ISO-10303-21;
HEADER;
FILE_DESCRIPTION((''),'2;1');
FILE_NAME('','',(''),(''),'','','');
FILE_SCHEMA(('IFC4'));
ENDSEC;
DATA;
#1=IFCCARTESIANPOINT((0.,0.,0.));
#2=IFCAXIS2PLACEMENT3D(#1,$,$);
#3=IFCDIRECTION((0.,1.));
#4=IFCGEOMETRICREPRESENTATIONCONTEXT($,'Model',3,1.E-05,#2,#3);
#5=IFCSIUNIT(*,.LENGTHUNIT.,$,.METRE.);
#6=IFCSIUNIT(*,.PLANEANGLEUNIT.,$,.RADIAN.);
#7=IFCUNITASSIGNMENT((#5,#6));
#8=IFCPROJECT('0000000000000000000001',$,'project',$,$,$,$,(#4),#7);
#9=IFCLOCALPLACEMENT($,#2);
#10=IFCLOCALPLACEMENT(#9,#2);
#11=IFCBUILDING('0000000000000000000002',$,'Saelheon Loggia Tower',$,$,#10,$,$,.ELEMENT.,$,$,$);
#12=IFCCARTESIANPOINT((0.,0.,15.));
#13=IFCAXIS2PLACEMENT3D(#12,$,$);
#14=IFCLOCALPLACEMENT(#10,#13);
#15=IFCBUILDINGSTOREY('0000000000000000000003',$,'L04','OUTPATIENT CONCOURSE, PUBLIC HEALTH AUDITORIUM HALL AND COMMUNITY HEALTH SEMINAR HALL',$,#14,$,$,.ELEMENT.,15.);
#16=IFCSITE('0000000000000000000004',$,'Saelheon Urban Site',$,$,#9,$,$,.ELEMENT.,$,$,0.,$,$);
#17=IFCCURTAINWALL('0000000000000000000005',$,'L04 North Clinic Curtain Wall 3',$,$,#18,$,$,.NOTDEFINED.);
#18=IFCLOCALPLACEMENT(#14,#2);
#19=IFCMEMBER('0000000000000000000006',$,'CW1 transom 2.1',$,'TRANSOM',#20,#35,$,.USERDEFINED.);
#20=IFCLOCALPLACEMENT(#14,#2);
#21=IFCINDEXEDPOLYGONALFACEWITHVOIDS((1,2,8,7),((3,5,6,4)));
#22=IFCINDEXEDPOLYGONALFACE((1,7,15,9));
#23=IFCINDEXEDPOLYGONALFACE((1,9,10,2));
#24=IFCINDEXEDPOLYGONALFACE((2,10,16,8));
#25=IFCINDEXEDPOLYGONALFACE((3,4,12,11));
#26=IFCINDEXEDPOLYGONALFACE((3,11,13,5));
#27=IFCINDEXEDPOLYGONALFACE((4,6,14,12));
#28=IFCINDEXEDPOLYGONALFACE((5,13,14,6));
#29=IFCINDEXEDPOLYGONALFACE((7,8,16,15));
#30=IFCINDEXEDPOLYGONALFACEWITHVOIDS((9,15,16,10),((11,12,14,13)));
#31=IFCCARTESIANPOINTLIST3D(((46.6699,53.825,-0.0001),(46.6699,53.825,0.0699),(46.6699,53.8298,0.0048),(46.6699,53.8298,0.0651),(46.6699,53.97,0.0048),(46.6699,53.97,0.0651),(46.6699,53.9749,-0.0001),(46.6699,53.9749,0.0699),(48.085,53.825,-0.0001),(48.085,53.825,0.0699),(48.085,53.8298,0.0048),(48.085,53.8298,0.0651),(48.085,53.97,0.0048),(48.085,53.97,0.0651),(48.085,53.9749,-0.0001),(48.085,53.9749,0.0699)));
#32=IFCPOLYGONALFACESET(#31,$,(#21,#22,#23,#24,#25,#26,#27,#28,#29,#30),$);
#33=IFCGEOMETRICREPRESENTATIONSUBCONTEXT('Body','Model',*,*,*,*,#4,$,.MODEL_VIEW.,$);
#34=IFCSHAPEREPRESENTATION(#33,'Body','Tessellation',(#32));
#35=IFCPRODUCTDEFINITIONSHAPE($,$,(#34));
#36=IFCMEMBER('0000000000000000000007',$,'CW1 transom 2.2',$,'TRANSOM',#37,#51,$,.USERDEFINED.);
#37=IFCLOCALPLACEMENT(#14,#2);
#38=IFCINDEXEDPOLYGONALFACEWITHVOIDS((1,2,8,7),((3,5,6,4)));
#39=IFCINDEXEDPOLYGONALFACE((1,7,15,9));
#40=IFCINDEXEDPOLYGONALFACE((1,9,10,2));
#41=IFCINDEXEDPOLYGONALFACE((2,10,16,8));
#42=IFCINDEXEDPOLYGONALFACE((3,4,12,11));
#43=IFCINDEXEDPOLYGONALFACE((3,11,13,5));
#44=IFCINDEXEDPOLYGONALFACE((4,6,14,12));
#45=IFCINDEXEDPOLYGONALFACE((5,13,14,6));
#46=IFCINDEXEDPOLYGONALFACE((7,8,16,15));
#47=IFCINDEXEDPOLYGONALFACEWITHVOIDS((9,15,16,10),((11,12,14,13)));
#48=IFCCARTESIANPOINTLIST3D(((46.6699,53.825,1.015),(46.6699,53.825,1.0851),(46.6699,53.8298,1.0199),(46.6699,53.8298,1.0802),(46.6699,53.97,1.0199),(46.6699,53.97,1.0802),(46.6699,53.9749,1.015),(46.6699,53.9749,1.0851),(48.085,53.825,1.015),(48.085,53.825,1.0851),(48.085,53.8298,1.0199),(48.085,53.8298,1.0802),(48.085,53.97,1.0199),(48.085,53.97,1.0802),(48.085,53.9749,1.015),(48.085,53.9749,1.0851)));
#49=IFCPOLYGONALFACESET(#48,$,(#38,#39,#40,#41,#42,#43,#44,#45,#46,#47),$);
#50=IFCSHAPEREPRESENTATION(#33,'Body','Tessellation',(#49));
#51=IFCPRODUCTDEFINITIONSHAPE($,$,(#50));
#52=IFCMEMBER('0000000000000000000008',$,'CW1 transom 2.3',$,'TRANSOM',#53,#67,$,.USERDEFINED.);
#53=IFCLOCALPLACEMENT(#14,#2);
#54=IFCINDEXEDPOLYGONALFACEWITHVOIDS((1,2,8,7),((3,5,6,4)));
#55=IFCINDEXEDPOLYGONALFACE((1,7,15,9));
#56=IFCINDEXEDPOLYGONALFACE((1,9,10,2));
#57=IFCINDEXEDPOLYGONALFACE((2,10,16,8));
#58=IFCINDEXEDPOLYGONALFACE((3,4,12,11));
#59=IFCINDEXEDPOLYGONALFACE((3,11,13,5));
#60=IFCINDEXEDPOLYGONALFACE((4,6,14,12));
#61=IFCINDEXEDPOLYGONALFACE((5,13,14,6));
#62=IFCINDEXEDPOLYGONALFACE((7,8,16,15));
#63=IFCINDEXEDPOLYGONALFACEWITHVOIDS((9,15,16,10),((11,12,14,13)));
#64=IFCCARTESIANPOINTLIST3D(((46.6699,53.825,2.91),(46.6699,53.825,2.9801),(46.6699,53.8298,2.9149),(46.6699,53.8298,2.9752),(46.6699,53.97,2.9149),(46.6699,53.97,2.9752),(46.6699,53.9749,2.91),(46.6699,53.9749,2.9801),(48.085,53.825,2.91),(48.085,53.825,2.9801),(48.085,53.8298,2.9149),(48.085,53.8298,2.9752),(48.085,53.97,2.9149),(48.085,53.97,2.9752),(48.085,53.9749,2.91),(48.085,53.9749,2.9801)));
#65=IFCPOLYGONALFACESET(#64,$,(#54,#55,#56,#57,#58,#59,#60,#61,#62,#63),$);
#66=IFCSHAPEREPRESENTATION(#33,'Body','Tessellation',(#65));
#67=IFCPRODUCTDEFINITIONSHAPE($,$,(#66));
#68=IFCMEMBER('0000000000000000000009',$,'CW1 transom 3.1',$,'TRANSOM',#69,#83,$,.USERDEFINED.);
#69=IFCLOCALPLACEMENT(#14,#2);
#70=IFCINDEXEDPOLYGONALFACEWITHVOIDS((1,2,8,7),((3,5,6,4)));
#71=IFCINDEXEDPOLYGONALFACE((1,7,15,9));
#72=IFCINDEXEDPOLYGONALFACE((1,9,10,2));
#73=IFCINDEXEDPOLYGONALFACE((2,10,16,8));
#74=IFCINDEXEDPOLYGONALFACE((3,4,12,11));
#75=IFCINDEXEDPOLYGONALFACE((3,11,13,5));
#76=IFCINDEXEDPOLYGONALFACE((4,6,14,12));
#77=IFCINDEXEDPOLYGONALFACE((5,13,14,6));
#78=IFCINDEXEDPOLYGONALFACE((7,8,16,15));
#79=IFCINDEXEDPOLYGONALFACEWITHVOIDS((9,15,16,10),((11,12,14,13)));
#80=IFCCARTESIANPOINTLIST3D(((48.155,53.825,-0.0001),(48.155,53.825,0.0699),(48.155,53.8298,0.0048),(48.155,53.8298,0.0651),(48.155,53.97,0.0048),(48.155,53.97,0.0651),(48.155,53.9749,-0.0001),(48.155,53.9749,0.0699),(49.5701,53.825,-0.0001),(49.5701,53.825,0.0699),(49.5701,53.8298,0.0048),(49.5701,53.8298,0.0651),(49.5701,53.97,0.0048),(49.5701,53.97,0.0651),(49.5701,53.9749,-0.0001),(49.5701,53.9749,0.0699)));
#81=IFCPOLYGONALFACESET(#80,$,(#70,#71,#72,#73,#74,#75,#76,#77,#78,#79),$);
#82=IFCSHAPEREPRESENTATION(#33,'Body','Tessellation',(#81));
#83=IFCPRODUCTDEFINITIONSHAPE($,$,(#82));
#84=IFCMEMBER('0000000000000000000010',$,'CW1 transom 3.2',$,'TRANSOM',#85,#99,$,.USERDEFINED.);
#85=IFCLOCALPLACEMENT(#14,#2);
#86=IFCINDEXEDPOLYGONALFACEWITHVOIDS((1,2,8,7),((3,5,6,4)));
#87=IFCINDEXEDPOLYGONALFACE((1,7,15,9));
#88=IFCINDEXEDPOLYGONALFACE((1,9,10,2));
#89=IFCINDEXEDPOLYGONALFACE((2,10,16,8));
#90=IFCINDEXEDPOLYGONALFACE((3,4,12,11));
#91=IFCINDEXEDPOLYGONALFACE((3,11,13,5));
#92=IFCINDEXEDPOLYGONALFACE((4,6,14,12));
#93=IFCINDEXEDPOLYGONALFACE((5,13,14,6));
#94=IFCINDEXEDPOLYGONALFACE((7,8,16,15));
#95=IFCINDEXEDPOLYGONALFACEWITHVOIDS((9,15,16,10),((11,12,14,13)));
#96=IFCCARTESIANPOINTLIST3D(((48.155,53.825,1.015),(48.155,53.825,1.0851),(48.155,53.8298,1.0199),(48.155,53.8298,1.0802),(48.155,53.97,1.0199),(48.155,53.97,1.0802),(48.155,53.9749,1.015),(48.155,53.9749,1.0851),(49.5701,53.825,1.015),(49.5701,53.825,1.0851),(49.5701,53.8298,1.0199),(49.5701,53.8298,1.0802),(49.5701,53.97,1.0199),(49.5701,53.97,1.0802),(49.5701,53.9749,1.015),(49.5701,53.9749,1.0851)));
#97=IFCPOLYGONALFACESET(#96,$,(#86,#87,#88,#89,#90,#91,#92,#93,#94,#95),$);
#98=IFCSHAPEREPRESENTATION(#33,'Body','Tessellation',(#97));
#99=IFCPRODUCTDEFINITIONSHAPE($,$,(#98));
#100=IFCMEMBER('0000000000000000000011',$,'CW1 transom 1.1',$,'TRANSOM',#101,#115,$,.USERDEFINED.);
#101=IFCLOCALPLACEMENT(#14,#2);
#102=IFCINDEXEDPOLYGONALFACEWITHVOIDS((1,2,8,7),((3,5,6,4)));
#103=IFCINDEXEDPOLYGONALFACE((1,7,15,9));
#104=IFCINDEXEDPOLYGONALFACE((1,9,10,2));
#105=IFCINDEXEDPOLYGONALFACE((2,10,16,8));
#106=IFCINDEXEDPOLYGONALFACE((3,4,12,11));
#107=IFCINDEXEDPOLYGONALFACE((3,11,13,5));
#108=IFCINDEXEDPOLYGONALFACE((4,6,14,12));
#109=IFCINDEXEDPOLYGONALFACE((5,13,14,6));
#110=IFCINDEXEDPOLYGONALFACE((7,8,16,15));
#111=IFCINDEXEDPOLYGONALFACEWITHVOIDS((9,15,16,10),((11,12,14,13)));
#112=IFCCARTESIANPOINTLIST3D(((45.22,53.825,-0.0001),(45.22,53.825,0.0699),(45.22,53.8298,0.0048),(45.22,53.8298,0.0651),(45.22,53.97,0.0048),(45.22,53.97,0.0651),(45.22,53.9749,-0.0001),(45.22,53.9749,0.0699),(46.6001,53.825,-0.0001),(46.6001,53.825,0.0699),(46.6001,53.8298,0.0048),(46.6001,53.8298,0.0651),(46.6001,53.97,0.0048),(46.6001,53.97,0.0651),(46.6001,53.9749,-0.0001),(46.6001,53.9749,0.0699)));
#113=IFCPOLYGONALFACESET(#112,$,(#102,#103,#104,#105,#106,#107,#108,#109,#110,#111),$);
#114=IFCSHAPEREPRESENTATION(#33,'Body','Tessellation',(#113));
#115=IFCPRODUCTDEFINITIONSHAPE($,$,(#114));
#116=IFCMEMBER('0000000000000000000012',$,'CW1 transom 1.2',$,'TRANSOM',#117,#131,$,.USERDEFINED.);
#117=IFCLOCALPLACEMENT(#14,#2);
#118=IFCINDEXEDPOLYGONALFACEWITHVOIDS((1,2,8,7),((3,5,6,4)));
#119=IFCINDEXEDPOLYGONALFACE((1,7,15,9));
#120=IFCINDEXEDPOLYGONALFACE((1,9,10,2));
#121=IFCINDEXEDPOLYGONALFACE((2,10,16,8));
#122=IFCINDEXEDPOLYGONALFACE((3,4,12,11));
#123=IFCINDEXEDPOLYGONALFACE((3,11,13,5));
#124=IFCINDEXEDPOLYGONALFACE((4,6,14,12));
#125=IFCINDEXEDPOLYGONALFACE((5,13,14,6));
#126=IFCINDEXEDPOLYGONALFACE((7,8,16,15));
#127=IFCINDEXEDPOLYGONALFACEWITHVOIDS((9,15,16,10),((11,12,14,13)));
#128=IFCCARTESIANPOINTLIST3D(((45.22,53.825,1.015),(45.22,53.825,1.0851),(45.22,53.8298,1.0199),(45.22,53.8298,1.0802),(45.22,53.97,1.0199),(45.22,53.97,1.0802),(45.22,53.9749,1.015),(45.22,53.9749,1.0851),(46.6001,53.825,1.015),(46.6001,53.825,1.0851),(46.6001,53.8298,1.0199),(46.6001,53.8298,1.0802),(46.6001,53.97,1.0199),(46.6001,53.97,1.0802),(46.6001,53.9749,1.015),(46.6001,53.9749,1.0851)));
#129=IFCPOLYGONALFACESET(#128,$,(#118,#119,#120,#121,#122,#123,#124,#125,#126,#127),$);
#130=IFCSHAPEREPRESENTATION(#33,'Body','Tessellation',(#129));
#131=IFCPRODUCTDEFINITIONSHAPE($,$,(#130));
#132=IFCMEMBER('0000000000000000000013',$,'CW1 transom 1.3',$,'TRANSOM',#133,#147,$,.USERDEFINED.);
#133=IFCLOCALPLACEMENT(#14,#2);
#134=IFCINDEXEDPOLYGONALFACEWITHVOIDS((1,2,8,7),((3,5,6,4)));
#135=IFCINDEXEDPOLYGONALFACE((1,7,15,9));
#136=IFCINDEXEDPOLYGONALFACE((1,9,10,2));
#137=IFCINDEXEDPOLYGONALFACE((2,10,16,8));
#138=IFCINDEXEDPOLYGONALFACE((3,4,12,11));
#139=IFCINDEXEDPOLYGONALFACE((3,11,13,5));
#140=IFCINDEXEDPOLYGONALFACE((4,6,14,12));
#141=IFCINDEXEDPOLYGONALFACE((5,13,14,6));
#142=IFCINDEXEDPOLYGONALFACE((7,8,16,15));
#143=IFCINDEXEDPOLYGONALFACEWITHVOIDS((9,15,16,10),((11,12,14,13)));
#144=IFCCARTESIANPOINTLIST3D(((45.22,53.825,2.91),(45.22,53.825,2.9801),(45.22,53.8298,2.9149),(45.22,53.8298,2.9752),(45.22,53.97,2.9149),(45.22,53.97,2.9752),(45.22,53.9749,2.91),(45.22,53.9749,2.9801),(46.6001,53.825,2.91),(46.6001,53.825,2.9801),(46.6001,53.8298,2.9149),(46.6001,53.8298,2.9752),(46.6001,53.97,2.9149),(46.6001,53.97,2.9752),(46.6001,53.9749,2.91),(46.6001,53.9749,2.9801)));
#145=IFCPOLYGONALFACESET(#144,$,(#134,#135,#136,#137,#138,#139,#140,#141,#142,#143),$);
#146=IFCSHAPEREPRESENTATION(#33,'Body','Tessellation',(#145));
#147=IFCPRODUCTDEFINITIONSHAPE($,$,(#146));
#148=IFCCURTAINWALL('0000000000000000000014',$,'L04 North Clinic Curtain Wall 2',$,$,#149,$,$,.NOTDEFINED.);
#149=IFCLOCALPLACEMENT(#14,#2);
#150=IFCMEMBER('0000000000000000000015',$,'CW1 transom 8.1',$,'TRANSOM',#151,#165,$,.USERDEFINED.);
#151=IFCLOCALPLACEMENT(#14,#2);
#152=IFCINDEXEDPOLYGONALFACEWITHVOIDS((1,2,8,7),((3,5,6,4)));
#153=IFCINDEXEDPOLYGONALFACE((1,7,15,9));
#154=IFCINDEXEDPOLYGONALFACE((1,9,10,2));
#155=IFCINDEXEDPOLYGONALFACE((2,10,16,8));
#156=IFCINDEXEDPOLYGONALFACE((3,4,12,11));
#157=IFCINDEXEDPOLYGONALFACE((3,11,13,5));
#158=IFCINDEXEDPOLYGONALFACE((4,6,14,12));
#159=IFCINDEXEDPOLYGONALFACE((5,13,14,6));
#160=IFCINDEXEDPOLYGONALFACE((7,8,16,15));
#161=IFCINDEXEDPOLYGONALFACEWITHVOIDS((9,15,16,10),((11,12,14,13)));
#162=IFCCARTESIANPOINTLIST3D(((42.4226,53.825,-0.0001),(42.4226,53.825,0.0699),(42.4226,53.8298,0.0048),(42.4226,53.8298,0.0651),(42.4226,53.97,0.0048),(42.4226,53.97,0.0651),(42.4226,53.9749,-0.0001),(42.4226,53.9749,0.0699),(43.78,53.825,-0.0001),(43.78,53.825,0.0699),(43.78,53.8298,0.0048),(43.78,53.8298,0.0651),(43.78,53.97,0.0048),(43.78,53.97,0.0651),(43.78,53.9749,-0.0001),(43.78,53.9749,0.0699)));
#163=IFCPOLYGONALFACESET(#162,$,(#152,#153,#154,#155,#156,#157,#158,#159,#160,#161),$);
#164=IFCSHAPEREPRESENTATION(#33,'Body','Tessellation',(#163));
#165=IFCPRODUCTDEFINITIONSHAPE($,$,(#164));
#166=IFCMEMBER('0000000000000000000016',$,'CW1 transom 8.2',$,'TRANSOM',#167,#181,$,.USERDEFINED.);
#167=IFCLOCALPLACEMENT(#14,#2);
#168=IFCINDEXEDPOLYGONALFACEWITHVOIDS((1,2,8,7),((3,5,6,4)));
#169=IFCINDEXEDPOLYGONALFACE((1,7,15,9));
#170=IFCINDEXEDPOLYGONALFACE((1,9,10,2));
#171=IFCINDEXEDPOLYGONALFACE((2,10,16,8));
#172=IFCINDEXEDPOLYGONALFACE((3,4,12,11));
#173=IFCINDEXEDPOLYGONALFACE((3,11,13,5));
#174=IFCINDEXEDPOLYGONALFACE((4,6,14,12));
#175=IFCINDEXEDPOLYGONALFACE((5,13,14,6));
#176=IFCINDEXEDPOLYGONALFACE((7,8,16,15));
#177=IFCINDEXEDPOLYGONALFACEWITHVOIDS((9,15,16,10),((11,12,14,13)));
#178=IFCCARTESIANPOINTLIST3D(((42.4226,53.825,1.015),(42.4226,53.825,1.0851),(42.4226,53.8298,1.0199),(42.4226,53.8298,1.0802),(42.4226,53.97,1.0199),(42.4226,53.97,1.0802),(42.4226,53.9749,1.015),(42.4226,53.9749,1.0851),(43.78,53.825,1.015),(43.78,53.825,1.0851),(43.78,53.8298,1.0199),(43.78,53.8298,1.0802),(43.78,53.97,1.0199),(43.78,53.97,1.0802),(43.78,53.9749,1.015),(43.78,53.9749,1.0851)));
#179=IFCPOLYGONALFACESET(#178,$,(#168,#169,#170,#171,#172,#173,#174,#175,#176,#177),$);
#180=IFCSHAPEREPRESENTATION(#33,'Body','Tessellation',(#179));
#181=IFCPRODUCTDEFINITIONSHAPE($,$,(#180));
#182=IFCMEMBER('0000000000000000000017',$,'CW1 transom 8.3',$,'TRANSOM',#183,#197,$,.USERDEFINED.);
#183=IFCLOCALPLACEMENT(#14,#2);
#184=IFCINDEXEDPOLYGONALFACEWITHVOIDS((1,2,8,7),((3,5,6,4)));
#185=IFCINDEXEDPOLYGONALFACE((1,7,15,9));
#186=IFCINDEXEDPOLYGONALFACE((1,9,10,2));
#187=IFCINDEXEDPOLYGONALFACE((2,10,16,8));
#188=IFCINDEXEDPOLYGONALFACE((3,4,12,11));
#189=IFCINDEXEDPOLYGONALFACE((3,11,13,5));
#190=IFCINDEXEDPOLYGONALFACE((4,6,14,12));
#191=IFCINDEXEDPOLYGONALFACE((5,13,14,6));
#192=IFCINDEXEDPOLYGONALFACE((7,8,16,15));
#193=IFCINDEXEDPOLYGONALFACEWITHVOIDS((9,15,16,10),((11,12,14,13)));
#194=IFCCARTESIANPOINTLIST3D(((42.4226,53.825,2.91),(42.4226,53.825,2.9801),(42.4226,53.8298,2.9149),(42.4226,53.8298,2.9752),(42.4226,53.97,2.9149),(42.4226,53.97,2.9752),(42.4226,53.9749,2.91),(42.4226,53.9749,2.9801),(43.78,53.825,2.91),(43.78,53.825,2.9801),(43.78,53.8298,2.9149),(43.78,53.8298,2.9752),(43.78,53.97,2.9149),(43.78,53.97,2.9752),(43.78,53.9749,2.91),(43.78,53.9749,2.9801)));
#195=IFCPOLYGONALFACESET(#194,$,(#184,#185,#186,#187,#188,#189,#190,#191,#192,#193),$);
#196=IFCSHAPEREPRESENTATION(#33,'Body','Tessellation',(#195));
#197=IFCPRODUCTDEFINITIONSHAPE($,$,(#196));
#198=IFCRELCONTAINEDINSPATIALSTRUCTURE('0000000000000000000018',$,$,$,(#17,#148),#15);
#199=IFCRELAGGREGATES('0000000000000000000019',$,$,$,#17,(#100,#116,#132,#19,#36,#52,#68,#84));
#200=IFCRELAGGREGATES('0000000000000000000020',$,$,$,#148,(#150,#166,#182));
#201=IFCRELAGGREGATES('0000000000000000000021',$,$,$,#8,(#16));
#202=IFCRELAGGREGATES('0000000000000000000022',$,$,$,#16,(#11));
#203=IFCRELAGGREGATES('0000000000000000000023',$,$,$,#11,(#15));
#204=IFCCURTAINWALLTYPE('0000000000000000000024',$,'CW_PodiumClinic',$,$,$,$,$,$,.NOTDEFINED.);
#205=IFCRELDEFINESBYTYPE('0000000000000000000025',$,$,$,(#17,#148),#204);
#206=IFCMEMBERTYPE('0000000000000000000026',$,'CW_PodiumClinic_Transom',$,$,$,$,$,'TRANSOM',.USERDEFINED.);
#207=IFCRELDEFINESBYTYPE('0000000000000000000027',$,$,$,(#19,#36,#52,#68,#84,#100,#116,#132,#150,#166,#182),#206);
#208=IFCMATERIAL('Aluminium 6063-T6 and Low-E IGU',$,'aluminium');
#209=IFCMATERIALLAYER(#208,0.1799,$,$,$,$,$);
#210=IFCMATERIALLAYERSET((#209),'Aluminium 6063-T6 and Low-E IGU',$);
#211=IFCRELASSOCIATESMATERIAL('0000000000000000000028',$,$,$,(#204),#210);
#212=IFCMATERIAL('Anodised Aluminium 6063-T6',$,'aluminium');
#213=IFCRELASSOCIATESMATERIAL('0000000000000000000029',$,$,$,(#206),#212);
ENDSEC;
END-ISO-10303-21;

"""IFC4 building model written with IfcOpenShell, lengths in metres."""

from ifc_helpers import new_model, si_unit, direction, frame, origin, origin_2d, place, context, subcontext, project, spatial, hollow_rectangle, extrude, source, transform, mapped, material, layer, layer_set, material_profile, profile_set, type_object, element, aggregate, save


model = new_model("IFC4")

# Units and contexts
model_context = context("Model", 3, precision=1e-05, world=origin(), true_north=direction((0.0, 1.0)))
body_context = subcontext(model_context, "Body", "Model", "MODEL_VIEW")
ifc_project = project(units=[si_unit("LENGTHUNIT", "METRE"), si_unit("PLANEANGLEUNIT", "RADIAN")], contexts=[model_context])

# Site, building, storey
site_placement = place(None, origin())
site = spatial("IfcSite", under=ifc_project, at=site_placement, Name="Saelheon Urban Site", CompositionType="ELEMENT", RefElevation=0.0)
building_placement = place(site_placement, origin())
building = spatial("IfcBuilding", under=site, at=building_placement, Name="Saelheon Loggia Tower", CompositionType="ELEMENT")
storey_placement = place(building_placement, frame((0.0, 0.0, 15.0)))
storey = spatial("IfcBuildingStorey", under=building, at=storey_placement, Name="L04", Description="OUTPATIENT CONCOURSE, PUBLIC HEALTH AUDITORIUM HALL AND COMMUNITY HEALTH SEMINAR HALL", CompositionType="ELEMENT", Elevation=15.0)

# Curtain walls, members
ifc_material_1 = material(Name="Aluminium 6063-T6 and Low-E IGU", Category="aluminium")
ifc_layer_1 = layer(ifc_material_1, 0.1799)
ifc_layer_set_1 = layer_set([ifc_layer_1], Name="Aluminium 6063-T6 and Low-E IGU")
curtain_wall_type = type_object("IfcCurtainWallType", Name="CW_PodiumClinic", PredefinedType="NOTDEFINED", material=ifc_layer_set_1)
curtain_wall_1_placement = place(storey_placement, origin())
curtain_wall_1 = element("IfcCurtainWall", 1, at=curtain_wall_1_placement, inside=storey, type_object=curtain_wall_type, Name="L04 North Clinic Curtain Wall 3", PredefinedType="NOTDEFINED")
ifc_material_2 = material(Name="Anodised Aluminium 6063-T6", Category="aluminium")
ifc_material_profile_1 = material_profile(ifc_material_2, hollow_rectangle(XDim=0.0701, YDim=0.1499, WallThickness=0.0049, at=origin_2d()), Name="RHS-150x70x5")
ifc_profile_set_1 = profile_set([ifc_material_profile_1], Name="Anodised Aluminium 6063-T6")
member_type_1 = type_object("IfcMemberType", Name="CW_PodiumClinic_Transom", ElementType="TRANSOM", PredefinedType="USERDEFINED", material=ifc_profile_set_1)
shared_shape_1 = source(origin(), body_context, "Body", "SweptSolid", [
    extrude(hollow_rectangle(XDim=0.0701, YDim=0.1499, WallThickness=0.0049, at=origin_2d()), origin(), (0.0, 0.0, 1.0), 1.415),
])
member_1_placement = place(storey_placement, frame((46.6699, 53.8999, 0.0349), z_axis=(1.0, 0.0, 0.0), x_axis=(0.0, 0.0, 1.0)))
member_1 = element("IfcMember", 2, at=member_1_placement, type_object=member_type_1, Name="CW1 transom 2.1", ObjectType="TRANSOM", PredefinedType="USERDEFINED", context=body_context, shape_type="MappedRepresentation", body=[
    mapped(shared_shape_1, transform((0.0, 0.0, 0.0), scale=1.0)),
])
member_2_placement = place(storey_placement, frame((46.6699, 53.8999, 1.05), z_axis=(1.0, 0.0, 0.0), x_axis=(0.0, 0.0, 1.0)))
member_2 = element("IfcMember", 3, at=member_2_placement, type_object=member_type_1, Name="CW1 transom 2.2", ObjectType="TRANSOM", PredefinedType="USERDEFINED", context=body_context, shape_type="MappedRepresentation", body=[
    mapped(shared_shape_1, transform((0.0, 0.0, 0.0), scale=1.0)),
])
member_3_placement = place(storey_placement, frame((46.6699, 53.8999, 2.9451), z_axis=(1.0, 0.0, 0.0), x_axis=(0.0, 0.0, 1.0)))
member_3 = element("IfcMember", 4, at=member_3_placement, type_object=member_type_1, Name="CW1 transom 2.3", ObjectType="TRANSOM", PredefinedType="USERDEFINED", context=body_context, shape_type="MappedRepresentation", body=[
    mapped(shared_shape_1, transform((0.0, 0.0, 0.0), scale=1.0)),
])
member_4_placement = place(storey_placement, frame((48.155, 53.8999, 0.0349), z_axis=(1.0, 0.0, 0.0), x_axis=(0.0, 0.0, 1.0)))
member_4 = element("IfcMember", 5, at=member_4_placement, type_object=member_type_1, Name="CW1 transom 3.1", ObjectType="TRANSOM", PredefinedType="USERDEFINED", context=body_context, shape_type="MappedRepresentation", body=[
    mapped(shared_shape_1, transform((0.0, 0.0, 0.0), scale=1.0)),
])
member_5_placement = place(storey_placement, frame((48.155, 53.8999, 1.05), z_axis=(1.0, 0.0, 0.0), x_axis=(0.0, 0.0, 1.0)))
member_5 = element("IfcMember", 6, at=member_5_placement, type_object=member_type_1, Name="CW1 transom 3.2", ObjectType="TRANSOM", PredefinedType="USERDEFINED", context=body_context, shape_type="MappedRepresentation", body=[
    mapped(shared_shape_1, transform((0.0, 0.0, 0.0), scale=1.0)),
])
shared_shape_2 = source(origin(), body_context, "Body", "SweptSolid", [
    extrude(hollow_rectangle(XDim=0.0701, YDim=0.1499, WallThickness=0.0049, at=origin_2d()), origin(), (0.0, 0.0, 1.0), 1.3801),
])
member_6_placement = place(storey_placement, frame((45.22, 53.8999, 0.0349), z_axis=(1.0, 0.0, 0.0), x_axis=(0.0, 0.0, 1.0)))
member_6 = element("IfcMember", 7, at=member_6_placement, type_object=member_type_1, Name="CW1 transom 1.1", ObjectType="TRANSOM", PredefinedType="USERDEFINED", context=body_context, shape_type="MappedRepresentation", body=[
    mapped(shared_shape_2, transform((0.0, 0.0, 0.0), scale=1.0)),
])
member_7_placement = place(storey_placement, frame((45.22, 53.8999, 1.05), z_axis=(1.0, 0.0, 0.0), x_axis=(0.0, 0.0, 1.0)))
member_7 = element("IfcMember", 8, at=member_7_placement, type_object=member_type_1, Name="CW1 transom 1.2", ObjectType="TRANSOM", PredefinedType="USERDEFINED", context=body_context, shape_type="MappedRepresentation", body=[
    mapped(shared_shape_2, transform((0.0, 0.0, 0.0), scale=1.0)),
])
member_8_placement = place(storey_placement, frame((45.22, 53.8999, 2.9451), z_axis=(1.0, 0.0, 0.0), x_axis=(0.0, 0.0, 1.0)))
member_8 = element("IfcMember", 9, at=member_8_placement, type_object=member_type_1, Name="CW1 transom 1.3", ObjectType="TRANSOM", PredefinedType="USERDEFINED", context=body_context, shape_type="MappedRepresentation", body=[
    mapped(shared_shape_2, transform((0.0, 0.0, 0.0), scale=1.0)),
])
curtain_wall_2_placement = place(storey_placement, origin())
curtain_wall_2 = element("IfcCurtainWall", 10, at=curtain_wall_2_placement, inside=storey, type_object=curtain_wall_type, Name="L04 North Clinic Curtain Wall 2", PredefinedType="NOTDEFINED")
shared_shape_3 = source(origin(), body_context, "Body", "SweptSolid", [
    extrude(hollow_rectangle(XDim=0.0701, YDim=0.1499, WallThickness=0.0049, at=origin_2d()), origin(), (0.0, 0.0, 1.0), 1.3574),
])
member_9_placement = place(storey_placement, frame((42.4226, 53.8999, 0.0349), z_axis=(1.0, 0.0, 0.0), x_axis=(0.0, 0.0, 1.0)))
member_9 = element("IfcMember", 11, at=member_9_placement, type_object=member_type_1, Name="CW1 transom 8.1", ObjectType="TRANSOM", PredefinedType="USERDEFINED", context=body_context, shape_type="MappedRepresentation", body=[
    mapped(shared_shape_3, transform((0.0, 0.0, 0.0), scale=1.0)),
])
member_10_placement = place(storey_placement, frame((42.4226, 53.8999, 1.05), z_axis=(1.0, 0.0, 0.0), x_axis=(0.0, 0.0, 1.0)))
member_10 = element("IfcMember", 12, at=member_10_placement, type_object=member_type_1, Name="CW1 transom 8.2", ObjectType="TRANSOM", PredefinedType="USERDEFINED", context=body_context, shape_type="MappedRepresentation", body=[
    mapped(shared_shape_3, transform((0.0, 0.0, 0.0), scale=1.0)),
])
member_11_placement = place(storey_placement, frame((42.4226, 53.8999, 2.9451), z_axis=(1.0, 0.0, 0.0), x_axis=(0.0, 0.0, 1.0)))
member_11 = element("IfcMember", 13, at=member_11_placement, type_object=member_type_1, Name="CW1 transom 8.3", ObjectType="TRANSOM", PredefinedType="USERDEFINED", context=body_context, shape_type="MappedRepresentation", body=[
    mapped(shared_shape_3, transform((0.0, 0.0, 0.0), scale=1.0)),
])

aggregate(curtain_wall_1, [member_6, member_7, member_8, member_1, member_2, member_3, member_4, member_5])
aggregate(curtain_wall_2, [member_9, member_10, member_11])

save(model, "model.ifc")
